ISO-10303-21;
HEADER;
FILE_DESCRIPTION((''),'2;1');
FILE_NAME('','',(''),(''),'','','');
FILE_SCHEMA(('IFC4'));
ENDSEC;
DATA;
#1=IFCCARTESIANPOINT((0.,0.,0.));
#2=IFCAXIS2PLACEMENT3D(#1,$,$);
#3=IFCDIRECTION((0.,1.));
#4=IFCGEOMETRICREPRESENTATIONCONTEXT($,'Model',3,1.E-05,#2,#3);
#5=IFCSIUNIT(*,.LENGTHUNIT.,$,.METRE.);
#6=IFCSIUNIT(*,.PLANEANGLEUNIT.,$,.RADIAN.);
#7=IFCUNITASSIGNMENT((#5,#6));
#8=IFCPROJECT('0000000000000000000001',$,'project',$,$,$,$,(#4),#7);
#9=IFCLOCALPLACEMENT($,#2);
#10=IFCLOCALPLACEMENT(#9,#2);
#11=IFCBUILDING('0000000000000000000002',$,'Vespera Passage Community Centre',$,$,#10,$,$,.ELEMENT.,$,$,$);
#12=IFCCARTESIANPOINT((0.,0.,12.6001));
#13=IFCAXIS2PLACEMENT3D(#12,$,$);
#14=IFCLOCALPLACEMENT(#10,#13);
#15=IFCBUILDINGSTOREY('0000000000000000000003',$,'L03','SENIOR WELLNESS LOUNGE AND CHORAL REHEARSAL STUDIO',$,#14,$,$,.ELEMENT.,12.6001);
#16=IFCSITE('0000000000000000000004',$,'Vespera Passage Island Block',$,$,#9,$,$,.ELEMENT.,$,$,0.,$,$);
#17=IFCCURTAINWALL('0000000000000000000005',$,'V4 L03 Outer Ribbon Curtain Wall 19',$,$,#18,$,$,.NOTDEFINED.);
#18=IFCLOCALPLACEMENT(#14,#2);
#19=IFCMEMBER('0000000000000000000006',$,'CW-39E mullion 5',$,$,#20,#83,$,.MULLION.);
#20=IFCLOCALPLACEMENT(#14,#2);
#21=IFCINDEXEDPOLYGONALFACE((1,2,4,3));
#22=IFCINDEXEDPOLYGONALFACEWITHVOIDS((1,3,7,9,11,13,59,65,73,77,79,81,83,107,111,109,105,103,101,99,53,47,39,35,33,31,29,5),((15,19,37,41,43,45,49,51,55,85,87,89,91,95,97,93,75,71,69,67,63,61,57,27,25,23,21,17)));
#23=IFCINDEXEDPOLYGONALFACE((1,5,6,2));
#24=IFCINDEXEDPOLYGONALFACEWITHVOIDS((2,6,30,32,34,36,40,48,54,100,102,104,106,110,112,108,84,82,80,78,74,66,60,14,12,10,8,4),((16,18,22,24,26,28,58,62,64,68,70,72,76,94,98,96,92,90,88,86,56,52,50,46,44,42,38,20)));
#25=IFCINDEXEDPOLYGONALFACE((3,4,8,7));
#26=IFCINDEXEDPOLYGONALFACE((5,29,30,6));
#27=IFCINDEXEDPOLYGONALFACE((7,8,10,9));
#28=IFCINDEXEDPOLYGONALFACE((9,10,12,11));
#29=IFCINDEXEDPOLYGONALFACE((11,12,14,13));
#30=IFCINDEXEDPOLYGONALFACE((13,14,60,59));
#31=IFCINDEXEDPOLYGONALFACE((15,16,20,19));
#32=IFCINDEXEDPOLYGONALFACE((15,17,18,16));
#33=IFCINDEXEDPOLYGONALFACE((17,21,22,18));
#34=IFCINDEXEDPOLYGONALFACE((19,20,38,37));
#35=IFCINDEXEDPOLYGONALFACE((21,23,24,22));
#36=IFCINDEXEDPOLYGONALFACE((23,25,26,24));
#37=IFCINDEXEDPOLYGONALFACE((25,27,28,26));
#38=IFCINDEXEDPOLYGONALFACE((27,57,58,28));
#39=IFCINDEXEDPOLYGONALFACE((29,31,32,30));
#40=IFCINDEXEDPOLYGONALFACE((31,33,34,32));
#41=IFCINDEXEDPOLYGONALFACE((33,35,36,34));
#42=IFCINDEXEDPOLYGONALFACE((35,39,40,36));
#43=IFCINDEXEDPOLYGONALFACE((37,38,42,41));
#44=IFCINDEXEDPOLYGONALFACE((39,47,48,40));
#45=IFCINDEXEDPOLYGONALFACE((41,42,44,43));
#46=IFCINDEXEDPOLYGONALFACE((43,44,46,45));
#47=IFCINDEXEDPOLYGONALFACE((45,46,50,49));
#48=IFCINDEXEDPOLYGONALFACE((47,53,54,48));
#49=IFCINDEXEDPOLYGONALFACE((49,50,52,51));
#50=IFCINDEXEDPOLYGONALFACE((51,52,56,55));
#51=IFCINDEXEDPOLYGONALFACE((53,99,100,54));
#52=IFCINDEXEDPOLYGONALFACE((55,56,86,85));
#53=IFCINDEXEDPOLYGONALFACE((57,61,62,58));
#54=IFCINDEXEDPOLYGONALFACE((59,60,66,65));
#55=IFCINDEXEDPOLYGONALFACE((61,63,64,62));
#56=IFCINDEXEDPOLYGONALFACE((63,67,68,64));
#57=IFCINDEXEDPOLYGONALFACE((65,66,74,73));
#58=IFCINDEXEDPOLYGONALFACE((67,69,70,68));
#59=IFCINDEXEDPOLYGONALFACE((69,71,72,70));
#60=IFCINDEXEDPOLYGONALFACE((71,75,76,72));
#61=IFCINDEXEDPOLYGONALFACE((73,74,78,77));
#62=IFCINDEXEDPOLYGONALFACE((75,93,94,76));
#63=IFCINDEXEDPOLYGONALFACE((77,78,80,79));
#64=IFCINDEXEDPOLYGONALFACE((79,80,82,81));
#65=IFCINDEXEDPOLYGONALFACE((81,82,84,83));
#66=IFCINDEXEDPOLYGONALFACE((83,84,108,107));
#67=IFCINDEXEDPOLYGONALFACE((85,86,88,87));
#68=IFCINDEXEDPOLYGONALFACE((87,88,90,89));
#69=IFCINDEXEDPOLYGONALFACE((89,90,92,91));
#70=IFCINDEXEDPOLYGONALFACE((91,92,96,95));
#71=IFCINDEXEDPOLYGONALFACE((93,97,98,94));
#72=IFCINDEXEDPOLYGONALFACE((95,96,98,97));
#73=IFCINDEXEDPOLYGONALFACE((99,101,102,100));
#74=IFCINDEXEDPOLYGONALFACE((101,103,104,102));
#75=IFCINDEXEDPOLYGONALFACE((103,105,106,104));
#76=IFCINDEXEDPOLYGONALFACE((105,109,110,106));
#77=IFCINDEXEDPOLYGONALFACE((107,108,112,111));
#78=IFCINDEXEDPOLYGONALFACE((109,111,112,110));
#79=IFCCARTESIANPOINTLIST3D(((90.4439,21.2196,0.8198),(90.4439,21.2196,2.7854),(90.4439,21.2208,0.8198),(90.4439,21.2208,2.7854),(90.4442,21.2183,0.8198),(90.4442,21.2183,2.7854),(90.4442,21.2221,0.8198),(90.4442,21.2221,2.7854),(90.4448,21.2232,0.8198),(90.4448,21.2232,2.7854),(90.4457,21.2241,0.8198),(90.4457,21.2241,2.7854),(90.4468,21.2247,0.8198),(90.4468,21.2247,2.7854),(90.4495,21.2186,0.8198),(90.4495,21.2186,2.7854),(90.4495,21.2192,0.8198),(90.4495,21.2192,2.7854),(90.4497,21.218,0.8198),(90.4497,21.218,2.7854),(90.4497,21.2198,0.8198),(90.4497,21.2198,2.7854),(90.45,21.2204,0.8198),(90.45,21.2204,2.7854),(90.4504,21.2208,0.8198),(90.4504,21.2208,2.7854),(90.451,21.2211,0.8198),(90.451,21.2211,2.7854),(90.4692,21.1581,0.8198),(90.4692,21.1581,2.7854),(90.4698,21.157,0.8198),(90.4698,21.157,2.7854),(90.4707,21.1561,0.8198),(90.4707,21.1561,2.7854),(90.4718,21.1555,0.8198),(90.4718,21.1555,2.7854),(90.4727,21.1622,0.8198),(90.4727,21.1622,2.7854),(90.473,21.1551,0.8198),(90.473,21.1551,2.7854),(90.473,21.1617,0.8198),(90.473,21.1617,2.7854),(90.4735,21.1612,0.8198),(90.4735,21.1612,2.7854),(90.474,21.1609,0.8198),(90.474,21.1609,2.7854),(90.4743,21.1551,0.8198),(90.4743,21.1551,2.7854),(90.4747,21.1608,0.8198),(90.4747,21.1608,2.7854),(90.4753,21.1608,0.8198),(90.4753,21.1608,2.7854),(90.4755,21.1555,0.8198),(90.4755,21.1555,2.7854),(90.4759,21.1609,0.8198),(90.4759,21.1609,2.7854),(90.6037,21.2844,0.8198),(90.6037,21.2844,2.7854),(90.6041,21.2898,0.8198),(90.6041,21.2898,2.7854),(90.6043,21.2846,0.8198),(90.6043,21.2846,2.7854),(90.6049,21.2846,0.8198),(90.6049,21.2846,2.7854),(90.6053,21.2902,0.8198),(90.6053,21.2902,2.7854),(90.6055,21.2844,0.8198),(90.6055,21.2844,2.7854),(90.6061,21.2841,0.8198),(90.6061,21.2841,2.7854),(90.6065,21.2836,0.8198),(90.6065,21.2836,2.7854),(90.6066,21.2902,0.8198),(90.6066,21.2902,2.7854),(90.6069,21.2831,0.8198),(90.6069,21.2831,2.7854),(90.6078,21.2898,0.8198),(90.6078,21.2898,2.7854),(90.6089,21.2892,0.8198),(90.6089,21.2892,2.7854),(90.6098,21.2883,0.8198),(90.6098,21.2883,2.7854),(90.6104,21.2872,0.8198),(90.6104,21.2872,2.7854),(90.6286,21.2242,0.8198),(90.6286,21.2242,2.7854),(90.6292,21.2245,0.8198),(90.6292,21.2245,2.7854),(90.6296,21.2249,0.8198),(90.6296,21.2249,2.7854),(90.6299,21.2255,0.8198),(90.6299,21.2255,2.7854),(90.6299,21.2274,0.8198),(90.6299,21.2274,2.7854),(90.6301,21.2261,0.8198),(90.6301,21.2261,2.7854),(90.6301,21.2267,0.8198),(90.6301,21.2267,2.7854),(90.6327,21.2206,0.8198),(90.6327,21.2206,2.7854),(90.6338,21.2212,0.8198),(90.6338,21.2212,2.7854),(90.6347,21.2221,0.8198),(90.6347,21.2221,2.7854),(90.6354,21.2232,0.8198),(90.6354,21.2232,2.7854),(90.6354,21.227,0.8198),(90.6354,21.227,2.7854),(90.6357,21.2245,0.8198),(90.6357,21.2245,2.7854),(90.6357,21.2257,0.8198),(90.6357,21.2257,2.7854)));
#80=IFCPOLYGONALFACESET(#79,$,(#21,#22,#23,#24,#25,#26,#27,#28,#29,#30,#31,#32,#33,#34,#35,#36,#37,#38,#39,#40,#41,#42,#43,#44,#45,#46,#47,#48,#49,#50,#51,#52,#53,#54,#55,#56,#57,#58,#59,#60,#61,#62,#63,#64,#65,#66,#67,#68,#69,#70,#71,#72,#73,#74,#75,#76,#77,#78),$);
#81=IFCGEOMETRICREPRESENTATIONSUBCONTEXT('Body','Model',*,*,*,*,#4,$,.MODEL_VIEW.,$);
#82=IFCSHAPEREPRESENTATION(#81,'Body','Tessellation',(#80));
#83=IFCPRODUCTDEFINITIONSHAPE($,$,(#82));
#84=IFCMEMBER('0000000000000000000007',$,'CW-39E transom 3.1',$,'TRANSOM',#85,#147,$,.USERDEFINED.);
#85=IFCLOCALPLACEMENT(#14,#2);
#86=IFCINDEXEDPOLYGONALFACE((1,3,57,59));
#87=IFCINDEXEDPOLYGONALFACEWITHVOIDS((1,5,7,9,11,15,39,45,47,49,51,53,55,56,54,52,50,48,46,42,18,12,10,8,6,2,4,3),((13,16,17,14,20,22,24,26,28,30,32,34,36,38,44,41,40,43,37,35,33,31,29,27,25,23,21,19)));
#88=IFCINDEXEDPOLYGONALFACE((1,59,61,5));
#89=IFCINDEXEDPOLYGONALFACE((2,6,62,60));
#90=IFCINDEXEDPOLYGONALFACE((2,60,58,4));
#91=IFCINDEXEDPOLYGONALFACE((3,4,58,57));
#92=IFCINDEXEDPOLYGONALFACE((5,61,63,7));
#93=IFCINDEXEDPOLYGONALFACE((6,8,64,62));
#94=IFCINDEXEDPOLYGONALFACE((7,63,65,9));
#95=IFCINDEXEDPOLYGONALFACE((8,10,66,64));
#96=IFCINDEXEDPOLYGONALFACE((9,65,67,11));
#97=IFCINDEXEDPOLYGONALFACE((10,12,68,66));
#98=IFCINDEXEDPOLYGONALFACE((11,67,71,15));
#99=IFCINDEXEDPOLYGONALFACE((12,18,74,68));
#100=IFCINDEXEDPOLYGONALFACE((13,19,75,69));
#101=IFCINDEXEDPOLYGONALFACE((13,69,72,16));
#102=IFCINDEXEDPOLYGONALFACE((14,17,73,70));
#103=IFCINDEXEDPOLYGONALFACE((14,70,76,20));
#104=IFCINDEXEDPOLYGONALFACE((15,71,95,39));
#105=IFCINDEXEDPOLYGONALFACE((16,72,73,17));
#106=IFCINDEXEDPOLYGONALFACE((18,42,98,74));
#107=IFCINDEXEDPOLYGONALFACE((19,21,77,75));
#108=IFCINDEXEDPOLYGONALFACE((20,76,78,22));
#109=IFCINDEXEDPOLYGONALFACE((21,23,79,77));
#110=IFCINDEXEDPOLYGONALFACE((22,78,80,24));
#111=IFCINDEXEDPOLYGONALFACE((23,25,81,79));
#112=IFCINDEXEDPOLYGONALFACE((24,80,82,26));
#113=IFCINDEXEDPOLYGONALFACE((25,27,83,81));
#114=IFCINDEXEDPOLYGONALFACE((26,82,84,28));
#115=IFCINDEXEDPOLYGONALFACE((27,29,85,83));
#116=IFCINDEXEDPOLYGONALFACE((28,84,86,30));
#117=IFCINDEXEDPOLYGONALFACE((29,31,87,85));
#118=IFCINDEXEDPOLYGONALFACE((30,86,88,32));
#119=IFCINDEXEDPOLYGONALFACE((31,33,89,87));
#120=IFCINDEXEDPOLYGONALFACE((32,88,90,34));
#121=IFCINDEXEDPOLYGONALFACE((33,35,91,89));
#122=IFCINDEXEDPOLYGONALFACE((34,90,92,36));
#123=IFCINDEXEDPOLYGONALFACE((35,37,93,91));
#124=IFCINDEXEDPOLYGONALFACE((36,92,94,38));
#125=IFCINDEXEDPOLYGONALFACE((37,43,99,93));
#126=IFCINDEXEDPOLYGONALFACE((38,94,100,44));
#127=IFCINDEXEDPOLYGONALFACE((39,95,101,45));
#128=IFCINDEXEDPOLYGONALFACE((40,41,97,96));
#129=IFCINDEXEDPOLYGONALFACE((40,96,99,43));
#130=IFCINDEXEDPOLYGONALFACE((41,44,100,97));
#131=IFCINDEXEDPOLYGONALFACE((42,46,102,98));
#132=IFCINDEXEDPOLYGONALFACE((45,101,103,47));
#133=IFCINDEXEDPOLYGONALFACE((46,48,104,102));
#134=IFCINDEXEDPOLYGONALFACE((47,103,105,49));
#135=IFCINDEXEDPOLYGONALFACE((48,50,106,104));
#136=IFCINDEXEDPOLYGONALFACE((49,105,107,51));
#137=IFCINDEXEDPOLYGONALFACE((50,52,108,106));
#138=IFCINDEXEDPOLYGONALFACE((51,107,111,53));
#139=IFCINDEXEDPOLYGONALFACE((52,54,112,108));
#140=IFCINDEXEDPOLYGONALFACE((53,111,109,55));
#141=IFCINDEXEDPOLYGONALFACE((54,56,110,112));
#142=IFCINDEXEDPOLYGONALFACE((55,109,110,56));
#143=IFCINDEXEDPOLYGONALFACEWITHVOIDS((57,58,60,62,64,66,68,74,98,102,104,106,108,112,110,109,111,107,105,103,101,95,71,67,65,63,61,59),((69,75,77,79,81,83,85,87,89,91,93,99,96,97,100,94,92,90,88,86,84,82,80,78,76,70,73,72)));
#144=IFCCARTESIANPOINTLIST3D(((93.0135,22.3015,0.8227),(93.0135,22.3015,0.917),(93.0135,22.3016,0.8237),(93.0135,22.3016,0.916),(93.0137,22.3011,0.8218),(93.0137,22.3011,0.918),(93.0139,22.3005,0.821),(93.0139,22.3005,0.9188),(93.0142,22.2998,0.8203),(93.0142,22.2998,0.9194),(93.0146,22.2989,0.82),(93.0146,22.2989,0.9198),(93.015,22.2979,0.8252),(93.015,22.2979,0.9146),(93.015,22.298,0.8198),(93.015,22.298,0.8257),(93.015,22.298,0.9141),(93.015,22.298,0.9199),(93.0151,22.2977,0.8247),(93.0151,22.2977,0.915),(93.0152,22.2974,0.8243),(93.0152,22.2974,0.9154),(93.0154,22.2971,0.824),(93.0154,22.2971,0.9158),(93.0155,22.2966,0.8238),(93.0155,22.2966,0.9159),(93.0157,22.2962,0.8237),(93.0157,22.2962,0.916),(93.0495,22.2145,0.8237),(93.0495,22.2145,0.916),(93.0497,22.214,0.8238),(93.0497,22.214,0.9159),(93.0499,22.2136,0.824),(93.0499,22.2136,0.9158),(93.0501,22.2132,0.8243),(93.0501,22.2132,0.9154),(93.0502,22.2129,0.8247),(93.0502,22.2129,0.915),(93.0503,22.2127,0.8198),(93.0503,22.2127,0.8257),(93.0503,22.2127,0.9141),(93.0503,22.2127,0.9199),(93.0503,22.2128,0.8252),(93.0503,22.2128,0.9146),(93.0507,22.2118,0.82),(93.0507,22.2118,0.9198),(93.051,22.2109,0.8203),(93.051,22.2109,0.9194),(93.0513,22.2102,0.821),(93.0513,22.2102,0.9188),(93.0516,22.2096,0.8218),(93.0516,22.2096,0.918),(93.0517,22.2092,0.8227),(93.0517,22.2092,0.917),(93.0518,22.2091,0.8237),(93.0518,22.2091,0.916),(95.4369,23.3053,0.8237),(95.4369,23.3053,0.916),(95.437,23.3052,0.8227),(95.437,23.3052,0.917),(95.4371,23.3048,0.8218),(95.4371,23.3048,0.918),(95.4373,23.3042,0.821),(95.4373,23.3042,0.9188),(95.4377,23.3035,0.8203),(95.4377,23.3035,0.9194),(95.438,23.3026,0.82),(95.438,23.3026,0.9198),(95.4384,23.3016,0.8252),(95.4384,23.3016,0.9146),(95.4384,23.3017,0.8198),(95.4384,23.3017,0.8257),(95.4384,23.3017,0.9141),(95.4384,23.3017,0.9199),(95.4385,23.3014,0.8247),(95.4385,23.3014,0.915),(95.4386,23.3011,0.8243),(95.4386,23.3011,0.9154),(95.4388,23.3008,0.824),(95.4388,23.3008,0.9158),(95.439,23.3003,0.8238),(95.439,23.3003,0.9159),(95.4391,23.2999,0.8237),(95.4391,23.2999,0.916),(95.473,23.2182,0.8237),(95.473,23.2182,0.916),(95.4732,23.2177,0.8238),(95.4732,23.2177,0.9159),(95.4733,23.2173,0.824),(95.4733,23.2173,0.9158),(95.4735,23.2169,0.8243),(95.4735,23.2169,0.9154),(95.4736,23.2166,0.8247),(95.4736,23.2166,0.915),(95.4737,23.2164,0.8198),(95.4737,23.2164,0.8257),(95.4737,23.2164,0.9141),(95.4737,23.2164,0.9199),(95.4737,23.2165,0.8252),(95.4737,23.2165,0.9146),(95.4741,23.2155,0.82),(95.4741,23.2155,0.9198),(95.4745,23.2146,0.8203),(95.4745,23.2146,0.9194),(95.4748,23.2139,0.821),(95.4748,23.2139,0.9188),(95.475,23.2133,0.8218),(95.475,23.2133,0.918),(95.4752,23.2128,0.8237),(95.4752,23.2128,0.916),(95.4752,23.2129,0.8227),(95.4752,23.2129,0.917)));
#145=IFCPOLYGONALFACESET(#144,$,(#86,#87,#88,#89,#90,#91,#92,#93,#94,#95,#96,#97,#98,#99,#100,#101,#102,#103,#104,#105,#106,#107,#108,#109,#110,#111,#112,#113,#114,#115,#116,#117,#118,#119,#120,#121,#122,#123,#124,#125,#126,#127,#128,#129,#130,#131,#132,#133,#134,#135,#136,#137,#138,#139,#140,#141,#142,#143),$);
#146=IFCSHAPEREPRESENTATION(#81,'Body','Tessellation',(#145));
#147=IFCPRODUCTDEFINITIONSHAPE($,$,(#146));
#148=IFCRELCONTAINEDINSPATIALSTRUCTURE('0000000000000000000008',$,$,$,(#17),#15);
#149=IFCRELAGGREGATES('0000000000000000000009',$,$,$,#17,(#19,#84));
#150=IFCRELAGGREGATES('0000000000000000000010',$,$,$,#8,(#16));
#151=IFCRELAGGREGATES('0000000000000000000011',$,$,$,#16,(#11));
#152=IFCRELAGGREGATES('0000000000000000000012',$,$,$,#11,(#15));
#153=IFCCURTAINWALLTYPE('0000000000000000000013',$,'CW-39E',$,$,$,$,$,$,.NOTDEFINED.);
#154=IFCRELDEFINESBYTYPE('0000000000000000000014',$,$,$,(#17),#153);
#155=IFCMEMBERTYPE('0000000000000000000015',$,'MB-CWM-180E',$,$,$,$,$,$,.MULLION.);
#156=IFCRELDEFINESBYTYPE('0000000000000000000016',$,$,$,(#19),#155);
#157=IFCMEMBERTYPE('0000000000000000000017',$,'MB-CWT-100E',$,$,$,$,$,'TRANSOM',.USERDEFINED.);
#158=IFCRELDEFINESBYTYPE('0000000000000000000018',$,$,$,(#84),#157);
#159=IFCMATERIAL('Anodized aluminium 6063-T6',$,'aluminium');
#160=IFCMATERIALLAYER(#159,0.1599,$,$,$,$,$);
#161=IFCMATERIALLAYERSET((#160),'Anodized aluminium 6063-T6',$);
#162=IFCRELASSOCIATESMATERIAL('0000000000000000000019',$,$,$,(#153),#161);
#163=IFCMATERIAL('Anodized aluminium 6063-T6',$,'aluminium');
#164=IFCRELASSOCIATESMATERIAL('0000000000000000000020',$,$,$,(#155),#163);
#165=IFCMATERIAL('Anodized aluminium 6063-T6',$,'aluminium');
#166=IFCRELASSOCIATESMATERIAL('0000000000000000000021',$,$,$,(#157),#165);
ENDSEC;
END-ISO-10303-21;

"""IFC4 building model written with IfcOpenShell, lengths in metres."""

from ifc_helpers import new_model, si_unit, direction, frame, origin, origin_2d, place, context, subcontext, project, spatial, hollow_rectangle, extrude, material, layer, layer_set, material_profile, profile_set, type_object, element, aggregate, save


model = new_model("IFC4")

# Units and contexts
model_context = context("Model", 3, precision=1e-05, world=origin(), true_north=direction((0.0, 1.0)))
body_context = subcontext(model_context, "Body", "Model", "MODEL_VIEW")
ifc_project = project(units=[si_unit("LENGTHUNIT", "METRE"), si_unit("PLANEANGLEUNIT", "RADIAN")], contexts=[model_context])

# Site, building, storey
site_placement = place(None, origin())
site = spatial("IfcSite", under=ifc_project, at=site_placement, Name="Vespera Passage Island Block", CompositionType="ELEMENT", RefElevation=0.0)
building_placement = place(site_placement, origin())
building = spatial("IfcBuilding", under=site, at=building_placement, Name="Vespera Passage Community Centre", CompositionType="ELEMENT")
storey_placement = place(building_placement, frame((0.0, 0.0, 12.6001)))
storey = spatial("IfcBuildingStorey", under=building, at=storey_placement, Name="L03", Description="SENIOR WELLNESS LOUNGE AND CHORAL REHEARSAL STUDIO", CompositionType="ELEMENT", Elevation=12.6001)

# Curtain wall, members
ifc_material_1 = material(Name="Anodized aluminium 6063-T6", Category="aluminium")
ifc_layer_1 = layer(ifc_material_1, 0.1599)
ifc_layer_set_1 = layer_set([ifc_layer_1], Name="Anodized aluminium 6063-T6")
curtain_wall_type_1 = type_object("IfcCurtainWallType", Name="CW-39E", PredefinedType="NOTDEFINED", material=ifc_layer_set_1)
curtain_wall_1_placement = place(storey_placement, origin())
curtain_wall_1 = element("IfcCurtainWall", 1, at=curtain_wall_1_placement, inside=storey, type_object=curtain_wall_type_1, Name="V4 L03 Outer Ribbon Curtain Wall 19", PredefinedType="NOTDEFINED")
ifc_material_2 = material(Name="Anodized aluminium 6063-T6", Category="aluminium")
ifc_material_profile_1 = material_profile(ifc_material_2, hollow_rectangle(XDim=0.075, YDim=0.1799, WallThickness=0.0049, InnerFilletRadius=0.0024, OuterFilletRadius=0.0049, at=origin_2d()), Name="ALU180X75X5")
ifc_profile_set_1 = profile_set([ifc_material_profile_1], Name="Anodized aluminium 6063-T6")
member_type_1 = type_object("IfcMemberType", Name="MB-CWM-180E", PredefinedType="MULLION", material=ifc_profile_set_1)
member_1_placement = place(storey_placement, frame((90.5398, 21.2227, 0.8198), z_axis=(0.0, 0.0, 1.0), x_axis=(0.382683, -0.92388, 0.0)))
member_1 = element("IfcMember", 2, at=member_1_placement, type_object=member_type_1, Name="CW-39E mullion 5", PredefinedType="MULLION", context=body_context, shape_type="SweptSolid", body=[
    extrude(hollow_rectangle(XDim=0.075, YDim=0.1799, WallThickness=0.0049, InnerFilletRadius=0.0024, OuterFilletRadius=0.0049, at=origin_2d()), origin(), (0.0, 0.0, 1.0), 1.9656),
])
ifc_material_3 = material(Name="Anodized aluminium 6063-T6", Category="aluminium")
ifc_material_profile_2 = material_profile(ifc_material_3, hollow_rectangle(XDim=0.1001, YDim=0.1001, WallThickness=0.0039, InnerFilletRadius=0.002, OuterFilletRadius=0.0039, at=origin_2d()), Name="ALU100X100X4")
ifc_profile_set_2 = profile_set([ifc_material_profile_2], Name="Anodized aluminium 6063-T6")
member_type_2 = type_object("IfcMemberType", Name="MB-CWT-100E", ElementType="TRANSOM", PredefinedType="USERDEFINED", material=ifc_profile_set_2)
member_2_placement = place(storey_placement, frame((95.4561, 23.259, 0.8699), z_axis=(-0.923895, -0.382645, 0.0), x_axis=(0.382645, -0.923895, 0.0)))
member_2 = element("IfcMember", 3, at=member_2_placement, type_object=member_type_2, Name="CW-39E transom 3.1", ObjectType="TRANSOM", PredefinedType="USERDEFINED", context=body_context, shape_type="SweptSolid", body=[
    extrude(hollow_rectangle(XDim=0.1001, YDim=0.1001, WallThickness=0.0039, InnerFilletRadius=0.002, OuterFilletRadius=0.0039, at=origin_2d()), origin(), (0.0, 0.0, 1.0), 2.623),
])

aggregate(curtain_wall_1, [member_1, member_2])

save(model, "model.ifc")
